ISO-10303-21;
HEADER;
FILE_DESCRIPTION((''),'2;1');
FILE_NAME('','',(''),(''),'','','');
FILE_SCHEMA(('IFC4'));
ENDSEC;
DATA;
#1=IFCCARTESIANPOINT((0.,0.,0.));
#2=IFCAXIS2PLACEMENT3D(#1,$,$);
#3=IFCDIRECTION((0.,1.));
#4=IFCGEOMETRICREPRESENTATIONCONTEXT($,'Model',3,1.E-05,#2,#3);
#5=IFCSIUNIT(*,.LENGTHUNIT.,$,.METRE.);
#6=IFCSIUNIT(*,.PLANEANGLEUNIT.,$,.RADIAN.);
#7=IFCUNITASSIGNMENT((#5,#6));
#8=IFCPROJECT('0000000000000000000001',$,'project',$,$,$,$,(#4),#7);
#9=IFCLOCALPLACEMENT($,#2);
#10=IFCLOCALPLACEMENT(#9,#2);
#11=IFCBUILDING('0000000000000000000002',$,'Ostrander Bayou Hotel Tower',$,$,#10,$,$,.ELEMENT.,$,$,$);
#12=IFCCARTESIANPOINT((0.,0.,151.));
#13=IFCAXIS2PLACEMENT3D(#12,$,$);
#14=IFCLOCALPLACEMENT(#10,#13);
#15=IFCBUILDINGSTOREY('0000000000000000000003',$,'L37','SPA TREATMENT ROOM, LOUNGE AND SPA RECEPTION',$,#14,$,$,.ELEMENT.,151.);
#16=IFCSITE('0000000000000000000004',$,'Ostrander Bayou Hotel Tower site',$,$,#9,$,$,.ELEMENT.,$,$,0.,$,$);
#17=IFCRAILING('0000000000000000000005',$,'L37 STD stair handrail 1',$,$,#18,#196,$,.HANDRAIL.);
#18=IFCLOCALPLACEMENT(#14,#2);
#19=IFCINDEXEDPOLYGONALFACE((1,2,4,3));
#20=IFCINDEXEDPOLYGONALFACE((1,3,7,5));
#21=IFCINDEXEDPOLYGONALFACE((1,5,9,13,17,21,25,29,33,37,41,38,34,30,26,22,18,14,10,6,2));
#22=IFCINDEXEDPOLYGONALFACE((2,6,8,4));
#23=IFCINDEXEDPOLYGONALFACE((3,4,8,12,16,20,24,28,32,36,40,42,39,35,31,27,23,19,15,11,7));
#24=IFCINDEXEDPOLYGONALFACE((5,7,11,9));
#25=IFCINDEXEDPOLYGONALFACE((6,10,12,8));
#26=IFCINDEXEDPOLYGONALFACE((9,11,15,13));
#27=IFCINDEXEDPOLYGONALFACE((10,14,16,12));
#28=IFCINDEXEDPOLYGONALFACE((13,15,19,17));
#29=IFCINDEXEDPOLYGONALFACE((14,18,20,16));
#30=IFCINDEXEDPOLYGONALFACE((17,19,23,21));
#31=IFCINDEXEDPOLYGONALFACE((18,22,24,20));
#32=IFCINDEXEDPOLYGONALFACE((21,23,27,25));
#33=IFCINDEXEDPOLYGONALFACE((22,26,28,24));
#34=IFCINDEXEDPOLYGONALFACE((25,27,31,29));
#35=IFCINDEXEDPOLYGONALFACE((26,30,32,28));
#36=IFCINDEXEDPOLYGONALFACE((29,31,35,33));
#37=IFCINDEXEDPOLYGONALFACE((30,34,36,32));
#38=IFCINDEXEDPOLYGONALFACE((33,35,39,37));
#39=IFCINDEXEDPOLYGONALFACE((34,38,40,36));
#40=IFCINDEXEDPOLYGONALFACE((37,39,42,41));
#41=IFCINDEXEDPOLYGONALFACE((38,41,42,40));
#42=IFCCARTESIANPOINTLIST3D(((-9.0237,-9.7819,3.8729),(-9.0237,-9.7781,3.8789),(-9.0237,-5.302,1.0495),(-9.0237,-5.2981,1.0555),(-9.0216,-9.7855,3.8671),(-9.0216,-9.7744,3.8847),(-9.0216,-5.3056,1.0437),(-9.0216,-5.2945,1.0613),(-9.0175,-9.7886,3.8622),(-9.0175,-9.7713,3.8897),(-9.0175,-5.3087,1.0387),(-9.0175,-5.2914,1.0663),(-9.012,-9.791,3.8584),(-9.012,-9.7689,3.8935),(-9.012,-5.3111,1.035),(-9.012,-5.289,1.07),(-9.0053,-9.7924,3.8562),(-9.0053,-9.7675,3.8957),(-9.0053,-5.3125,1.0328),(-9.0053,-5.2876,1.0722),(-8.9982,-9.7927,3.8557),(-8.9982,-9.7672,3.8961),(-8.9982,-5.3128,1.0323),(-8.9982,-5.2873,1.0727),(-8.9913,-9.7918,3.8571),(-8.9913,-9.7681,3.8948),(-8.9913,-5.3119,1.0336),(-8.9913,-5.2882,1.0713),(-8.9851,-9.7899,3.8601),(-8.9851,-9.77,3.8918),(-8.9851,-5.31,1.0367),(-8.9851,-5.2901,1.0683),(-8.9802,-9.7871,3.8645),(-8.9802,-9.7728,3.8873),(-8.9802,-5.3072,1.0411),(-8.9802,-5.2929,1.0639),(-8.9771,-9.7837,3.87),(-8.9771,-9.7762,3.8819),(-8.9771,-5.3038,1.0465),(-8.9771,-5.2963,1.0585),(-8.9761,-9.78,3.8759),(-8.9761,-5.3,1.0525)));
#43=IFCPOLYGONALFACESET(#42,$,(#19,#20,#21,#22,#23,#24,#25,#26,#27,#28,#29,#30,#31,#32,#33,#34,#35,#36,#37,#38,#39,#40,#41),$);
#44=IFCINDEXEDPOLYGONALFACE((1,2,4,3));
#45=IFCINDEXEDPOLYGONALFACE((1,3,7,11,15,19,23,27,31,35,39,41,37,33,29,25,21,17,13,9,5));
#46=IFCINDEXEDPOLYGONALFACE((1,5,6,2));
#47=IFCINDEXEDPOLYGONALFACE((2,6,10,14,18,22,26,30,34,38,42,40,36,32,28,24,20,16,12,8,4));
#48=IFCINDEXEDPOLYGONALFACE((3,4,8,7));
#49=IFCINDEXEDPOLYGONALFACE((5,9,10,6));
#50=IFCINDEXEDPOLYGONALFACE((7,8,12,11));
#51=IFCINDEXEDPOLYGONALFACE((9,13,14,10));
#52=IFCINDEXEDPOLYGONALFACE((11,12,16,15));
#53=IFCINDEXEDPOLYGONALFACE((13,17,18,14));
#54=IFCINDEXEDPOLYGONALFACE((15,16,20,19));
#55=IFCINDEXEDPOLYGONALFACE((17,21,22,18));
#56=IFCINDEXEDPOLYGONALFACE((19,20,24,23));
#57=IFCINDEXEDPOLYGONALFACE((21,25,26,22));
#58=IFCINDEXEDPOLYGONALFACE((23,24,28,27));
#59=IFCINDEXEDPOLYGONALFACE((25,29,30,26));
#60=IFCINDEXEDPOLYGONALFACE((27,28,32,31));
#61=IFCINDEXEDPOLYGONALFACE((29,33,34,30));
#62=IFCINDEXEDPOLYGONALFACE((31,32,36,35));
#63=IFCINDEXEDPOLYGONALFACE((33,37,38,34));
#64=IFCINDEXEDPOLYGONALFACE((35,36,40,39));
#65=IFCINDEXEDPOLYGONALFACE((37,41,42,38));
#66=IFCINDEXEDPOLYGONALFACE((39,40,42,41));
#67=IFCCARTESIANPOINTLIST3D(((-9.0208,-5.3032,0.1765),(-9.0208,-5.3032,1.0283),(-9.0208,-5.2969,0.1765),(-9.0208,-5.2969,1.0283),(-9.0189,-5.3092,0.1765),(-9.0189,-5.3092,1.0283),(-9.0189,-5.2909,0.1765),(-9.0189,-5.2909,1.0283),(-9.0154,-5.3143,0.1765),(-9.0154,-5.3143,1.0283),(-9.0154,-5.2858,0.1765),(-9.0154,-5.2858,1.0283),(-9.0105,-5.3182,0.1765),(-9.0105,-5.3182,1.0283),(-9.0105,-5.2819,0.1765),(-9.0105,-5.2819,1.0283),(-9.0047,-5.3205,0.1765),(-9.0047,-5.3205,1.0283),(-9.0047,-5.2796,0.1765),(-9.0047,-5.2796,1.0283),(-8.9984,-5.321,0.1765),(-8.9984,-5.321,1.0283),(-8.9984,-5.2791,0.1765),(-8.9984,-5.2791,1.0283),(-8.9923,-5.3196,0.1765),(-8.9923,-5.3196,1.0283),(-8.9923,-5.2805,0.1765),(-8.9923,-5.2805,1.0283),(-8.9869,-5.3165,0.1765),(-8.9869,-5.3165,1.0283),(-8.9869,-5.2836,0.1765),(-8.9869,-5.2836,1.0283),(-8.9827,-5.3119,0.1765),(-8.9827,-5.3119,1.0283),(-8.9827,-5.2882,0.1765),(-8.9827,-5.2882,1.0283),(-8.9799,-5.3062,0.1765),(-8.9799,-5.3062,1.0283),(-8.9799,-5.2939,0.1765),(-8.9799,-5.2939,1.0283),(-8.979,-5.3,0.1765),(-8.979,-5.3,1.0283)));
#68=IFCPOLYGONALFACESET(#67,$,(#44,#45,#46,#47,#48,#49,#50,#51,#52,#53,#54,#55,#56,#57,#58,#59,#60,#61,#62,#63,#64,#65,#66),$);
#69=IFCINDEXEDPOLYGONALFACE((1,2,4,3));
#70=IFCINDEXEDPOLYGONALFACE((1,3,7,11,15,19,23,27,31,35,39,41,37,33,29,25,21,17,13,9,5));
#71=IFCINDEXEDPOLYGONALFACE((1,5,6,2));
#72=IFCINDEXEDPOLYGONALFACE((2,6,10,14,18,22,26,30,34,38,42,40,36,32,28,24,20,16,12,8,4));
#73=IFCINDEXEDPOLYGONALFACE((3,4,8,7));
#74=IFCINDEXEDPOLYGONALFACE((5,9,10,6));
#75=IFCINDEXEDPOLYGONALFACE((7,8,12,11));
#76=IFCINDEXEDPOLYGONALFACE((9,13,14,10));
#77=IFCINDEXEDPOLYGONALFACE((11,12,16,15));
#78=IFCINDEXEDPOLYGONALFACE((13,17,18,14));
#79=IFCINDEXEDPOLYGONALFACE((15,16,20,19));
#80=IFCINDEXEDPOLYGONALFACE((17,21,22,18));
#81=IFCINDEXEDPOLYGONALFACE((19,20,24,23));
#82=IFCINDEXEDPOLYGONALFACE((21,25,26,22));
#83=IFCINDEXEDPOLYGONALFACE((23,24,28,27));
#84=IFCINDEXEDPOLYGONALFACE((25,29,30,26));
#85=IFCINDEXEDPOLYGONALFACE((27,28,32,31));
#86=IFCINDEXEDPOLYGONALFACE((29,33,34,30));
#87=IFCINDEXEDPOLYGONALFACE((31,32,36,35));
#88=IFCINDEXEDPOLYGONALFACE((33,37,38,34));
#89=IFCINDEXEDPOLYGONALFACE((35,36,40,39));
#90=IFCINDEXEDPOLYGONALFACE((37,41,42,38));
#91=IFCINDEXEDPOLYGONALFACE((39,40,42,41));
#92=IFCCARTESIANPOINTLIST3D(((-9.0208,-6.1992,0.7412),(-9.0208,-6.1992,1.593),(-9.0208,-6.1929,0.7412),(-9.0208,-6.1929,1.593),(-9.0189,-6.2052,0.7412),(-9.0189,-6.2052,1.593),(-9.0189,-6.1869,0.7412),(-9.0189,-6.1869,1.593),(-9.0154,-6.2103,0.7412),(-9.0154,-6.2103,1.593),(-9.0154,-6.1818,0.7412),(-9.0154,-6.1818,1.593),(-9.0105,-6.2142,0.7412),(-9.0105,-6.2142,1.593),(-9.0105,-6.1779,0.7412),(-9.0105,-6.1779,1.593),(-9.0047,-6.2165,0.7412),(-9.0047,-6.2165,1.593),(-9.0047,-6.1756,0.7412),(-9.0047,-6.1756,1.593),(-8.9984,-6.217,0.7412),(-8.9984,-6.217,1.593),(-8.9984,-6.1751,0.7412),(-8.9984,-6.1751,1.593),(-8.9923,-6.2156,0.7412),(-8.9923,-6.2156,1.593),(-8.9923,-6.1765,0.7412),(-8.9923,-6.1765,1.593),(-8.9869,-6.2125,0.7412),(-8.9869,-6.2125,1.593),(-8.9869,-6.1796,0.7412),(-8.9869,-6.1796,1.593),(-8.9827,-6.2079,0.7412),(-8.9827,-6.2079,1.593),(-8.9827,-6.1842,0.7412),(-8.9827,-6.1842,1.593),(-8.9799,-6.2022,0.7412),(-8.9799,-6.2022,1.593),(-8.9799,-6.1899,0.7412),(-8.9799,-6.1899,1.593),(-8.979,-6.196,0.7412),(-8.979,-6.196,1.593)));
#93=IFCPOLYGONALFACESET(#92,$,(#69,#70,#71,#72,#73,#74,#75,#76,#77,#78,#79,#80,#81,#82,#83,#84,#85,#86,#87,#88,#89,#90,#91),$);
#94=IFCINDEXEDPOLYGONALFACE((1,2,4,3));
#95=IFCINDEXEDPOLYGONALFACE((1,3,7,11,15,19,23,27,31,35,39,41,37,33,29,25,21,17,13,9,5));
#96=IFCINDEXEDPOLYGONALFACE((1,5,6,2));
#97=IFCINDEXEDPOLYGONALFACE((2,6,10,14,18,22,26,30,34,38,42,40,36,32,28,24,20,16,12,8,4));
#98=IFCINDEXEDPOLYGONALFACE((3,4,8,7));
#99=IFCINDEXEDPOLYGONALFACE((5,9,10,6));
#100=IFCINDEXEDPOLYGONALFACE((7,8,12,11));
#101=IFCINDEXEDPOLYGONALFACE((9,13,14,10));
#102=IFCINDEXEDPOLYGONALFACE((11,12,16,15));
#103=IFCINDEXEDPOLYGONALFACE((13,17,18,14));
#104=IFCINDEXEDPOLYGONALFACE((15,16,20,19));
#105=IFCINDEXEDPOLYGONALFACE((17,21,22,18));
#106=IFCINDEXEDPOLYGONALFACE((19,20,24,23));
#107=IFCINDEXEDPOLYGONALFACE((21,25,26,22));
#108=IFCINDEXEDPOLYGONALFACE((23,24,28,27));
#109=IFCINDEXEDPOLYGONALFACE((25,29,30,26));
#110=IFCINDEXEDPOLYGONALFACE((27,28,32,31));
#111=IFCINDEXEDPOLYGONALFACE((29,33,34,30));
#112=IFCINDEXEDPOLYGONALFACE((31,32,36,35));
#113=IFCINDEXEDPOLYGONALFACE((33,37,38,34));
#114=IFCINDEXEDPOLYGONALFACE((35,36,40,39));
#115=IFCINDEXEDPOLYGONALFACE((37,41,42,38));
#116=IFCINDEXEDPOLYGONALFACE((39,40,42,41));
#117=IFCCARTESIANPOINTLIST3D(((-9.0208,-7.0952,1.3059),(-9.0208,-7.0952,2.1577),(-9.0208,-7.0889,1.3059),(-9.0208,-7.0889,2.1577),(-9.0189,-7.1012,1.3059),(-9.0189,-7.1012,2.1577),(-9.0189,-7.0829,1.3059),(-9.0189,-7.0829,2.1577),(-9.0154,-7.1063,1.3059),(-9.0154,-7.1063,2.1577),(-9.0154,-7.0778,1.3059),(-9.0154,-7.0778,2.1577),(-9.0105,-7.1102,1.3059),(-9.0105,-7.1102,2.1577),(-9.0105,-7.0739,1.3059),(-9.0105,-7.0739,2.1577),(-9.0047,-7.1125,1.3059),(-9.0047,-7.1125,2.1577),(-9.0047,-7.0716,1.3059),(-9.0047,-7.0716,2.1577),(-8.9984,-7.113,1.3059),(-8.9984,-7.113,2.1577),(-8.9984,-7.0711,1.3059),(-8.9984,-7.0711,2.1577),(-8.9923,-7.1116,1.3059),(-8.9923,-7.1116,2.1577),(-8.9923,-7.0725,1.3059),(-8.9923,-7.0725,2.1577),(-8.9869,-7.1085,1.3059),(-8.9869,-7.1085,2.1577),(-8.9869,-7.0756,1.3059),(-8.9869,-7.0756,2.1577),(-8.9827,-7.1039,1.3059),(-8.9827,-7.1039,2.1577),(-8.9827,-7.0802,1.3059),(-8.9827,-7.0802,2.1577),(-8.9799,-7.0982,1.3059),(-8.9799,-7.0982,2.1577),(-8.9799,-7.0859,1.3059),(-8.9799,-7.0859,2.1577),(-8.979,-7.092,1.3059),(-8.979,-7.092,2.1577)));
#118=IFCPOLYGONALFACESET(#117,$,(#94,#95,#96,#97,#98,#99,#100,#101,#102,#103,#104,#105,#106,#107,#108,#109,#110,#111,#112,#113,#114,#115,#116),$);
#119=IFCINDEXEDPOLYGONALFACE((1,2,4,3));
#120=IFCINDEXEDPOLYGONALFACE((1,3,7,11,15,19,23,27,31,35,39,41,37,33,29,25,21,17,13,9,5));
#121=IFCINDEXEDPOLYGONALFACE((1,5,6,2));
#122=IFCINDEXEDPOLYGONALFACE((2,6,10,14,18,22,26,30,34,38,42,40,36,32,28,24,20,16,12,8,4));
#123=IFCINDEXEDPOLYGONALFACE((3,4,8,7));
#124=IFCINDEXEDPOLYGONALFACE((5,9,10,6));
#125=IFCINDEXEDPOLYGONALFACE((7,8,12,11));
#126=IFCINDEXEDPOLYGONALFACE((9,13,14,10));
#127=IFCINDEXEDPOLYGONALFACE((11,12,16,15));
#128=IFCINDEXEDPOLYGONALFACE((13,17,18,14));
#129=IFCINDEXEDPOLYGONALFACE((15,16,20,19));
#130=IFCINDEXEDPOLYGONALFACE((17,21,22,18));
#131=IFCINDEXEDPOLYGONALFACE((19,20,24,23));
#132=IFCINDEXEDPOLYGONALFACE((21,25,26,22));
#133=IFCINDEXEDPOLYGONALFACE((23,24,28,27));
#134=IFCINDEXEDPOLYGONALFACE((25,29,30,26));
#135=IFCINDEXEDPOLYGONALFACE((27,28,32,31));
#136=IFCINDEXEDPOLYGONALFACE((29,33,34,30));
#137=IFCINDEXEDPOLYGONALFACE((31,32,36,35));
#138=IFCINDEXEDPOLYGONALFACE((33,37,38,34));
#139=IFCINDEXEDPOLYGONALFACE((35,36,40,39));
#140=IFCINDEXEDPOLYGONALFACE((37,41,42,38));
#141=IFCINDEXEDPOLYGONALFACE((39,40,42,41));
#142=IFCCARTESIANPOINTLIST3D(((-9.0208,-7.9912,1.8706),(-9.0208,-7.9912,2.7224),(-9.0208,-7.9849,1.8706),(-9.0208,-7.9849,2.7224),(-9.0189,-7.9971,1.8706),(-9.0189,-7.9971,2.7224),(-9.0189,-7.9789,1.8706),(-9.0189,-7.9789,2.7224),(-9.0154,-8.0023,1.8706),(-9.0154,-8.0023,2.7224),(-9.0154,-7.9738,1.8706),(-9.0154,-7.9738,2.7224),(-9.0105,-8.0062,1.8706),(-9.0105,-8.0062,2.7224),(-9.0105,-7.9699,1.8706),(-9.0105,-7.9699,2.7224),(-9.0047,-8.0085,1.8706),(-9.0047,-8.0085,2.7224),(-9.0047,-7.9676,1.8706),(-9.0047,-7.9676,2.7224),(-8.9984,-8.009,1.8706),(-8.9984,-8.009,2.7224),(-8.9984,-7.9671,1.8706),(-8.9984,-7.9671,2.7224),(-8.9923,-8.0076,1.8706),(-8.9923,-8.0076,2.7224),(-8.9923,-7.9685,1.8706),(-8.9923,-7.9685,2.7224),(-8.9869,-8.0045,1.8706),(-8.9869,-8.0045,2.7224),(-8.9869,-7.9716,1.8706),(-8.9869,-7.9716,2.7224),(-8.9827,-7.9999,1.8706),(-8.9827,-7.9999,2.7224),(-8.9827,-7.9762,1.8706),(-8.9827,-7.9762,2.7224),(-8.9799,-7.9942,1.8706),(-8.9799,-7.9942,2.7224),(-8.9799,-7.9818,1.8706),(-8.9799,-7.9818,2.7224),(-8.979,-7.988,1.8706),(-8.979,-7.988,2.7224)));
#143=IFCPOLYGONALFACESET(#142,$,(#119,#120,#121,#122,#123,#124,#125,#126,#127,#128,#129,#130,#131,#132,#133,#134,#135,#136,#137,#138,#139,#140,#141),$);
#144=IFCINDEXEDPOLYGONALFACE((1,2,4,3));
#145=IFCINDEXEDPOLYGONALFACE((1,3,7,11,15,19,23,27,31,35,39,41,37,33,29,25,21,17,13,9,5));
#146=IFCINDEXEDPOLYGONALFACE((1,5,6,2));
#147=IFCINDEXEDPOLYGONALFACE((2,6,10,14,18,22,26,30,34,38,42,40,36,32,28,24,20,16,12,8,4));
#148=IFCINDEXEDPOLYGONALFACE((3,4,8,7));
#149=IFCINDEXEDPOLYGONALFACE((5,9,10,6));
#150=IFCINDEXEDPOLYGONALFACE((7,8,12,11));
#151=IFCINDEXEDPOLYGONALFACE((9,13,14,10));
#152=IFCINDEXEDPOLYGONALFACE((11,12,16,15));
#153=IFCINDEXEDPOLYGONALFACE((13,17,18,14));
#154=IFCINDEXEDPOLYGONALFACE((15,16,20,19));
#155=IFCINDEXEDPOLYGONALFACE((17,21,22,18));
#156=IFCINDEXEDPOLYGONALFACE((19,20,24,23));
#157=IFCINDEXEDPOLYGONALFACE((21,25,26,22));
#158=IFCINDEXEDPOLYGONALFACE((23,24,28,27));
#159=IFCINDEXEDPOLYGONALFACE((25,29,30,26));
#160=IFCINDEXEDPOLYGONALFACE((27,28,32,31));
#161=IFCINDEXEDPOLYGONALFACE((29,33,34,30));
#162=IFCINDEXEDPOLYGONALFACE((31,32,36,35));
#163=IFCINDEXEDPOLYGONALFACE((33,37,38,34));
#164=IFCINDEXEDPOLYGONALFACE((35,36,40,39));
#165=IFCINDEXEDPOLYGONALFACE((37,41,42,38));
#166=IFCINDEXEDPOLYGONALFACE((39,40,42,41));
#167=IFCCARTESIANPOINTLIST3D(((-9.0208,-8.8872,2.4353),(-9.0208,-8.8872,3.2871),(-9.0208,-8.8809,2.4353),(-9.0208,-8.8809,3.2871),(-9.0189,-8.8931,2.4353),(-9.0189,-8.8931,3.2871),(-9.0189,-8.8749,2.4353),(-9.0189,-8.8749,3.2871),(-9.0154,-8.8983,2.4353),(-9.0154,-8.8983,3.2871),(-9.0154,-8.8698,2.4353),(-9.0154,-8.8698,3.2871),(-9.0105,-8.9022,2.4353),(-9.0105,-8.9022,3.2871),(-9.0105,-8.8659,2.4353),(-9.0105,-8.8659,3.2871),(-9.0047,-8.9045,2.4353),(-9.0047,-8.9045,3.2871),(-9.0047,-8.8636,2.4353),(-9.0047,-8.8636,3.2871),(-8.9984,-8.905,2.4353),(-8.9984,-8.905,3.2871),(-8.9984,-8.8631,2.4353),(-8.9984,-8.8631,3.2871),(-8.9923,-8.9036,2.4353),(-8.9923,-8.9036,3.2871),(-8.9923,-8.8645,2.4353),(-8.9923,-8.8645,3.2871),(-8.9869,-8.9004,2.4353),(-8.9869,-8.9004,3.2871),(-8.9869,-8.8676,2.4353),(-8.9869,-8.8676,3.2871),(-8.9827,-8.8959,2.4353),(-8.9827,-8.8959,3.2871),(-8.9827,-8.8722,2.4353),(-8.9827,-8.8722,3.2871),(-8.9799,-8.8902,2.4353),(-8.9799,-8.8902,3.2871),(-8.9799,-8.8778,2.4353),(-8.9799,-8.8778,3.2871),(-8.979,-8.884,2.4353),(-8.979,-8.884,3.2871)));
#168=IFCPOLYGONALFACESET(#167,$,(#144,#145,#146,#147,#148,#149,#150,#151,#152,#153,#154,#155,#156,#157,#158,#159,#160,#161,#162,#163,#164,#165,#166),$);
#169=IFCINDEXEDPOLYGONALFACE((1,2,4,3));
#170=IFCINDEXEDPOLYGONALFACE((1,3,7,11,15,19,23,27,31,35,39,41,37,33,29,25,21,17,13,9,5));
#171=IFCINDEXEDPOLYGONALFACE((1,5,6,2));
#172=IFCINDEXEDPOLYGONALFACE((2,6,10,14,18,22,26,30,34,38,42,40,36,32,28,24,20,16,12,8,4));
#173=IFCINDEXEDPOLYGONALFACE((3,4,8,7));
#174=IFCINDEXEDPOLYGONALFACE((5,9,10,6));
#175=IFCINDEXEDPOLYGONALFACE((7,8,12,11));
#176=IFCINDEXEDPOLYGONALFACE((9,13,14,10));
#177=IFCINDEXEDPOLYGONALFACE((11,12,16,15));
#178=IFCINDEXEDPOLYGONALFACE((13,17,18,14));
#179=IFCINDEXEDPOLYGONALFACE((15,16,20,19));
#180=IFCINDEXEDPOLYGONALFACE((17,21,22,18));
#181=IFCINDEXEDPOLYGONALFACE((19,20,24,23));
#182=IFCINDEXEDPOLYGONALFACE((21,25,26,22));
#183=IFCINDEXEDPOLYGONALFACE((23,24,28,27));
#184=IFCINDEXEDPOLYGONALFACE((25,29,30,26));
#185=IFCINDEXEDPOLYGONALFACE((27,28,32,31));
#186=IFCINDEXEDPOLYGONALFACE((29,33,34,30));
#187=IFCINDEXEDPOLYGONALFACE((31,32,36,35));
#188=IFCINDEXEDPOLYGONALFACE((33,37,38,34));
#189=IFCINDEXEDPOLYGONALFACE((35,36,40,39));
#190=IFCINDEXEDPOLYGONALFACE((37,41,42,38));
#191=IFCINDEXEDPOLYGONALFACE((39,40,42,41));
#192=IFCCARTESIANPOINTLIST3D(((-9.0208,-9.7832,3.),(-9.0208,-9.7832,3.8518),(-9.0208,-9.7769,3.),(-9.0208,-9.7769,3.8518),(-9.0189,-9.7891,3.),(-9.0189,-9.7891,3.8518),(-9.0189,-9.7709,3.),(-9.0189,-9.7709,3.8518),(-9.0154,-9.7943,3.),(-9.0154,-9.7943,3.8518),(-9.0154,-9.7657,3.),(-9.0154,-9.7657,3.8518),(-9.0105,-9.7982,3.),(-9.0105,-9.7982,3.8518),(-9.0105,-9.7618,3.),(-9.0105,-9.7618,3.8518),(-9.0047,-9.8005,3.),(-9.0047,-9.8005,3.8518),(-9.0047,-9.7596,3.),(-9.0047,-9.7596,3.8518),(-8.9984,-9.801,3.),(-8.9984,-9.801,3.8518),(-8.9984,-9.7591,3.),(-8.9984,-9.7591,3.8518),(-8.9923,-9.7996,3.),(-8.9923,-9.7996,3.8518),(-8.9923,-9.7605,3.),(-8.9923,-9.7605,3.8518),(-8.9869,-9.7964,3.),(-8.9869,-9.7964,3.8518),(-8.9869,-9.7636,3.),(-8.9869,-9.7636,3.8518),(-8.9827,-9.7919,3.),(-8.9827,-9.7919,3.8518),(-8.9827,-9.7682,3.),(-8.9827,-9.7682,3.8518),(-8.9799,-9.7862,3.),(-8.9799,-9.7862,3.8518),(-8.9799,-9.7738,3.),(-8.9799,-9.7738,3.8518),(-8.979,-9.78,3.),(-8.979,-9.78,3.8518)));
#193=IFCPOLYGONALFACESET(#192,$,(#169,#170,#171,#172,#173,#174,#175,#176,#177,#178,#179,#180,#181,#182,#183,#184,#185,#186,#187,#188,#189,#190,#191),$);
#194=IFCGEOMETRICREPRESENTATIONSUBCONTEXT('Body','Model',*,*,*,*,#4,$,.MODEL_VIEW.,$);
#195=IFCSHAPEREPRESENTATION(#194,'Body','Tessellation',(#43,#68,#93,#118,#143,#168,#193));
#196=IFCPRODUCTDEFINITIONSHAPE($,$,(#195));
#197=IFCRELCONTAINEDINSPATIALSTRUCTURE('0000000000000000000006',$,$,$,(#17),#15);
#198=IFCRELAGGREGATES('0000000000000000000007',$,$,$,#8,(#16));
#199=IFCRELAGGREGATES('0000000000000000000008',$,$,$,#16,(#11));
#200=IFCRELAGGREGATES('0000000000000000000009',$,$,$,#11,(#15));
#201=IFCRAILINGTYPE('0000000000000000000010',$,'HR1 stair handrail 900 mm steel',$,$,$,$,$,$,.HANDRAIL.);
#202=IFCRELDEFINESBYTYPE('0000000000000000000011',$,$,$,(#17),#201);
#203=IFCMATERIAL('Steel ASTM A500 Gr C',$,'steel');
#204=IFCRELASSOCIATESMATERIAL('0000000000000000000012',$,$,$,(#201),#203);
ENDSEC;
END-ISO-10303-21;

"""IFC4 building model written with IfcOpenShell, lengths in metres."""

from ifc_helpers import new_model, si_unit, direction, frame, origin, origin_2d, place, context, subcontext, project, spatial, circle, extrude, material, type_object, element, save


model = new_model("IFC4")

# Units and contexts
model_context = context("Model", 3, precision=1e-05, world=origin(), true_north=direction((0.0, 1.0)))
body_context = subcontext(model_context, "Body", "Model", "MODEL_VIEW")
ifc_project = project(units=[si_unit("LENGTHUNIT", "METRE"), si_unit("PLANEANGLEUNIT", "RADIAN")], contexts=[model_context])

# Site, building, storey
site_placement = place(None, origin())
site = spatial("IfcSite", under=ifc_project, at=site_placement, Name="Ostrander Bayou Hotel Tower site", CompositionType="ELEMENT", RefElevation=0.0)
building_placement = place(site_placement, origin())
building = spatial("IfcBuilding", under=site, at=building_placement, Name="Ostrander Bayou Hotel Tower", CompositionType="ELEMENT")
storey_placement = place(building_placement, frame((0.0, 0.0, 151.0)))
storey = spatial("IfcBuildingStorey", under=building, at=storey_placement, Name="L37", Description="SPA TREATMENT ROOM, LOUNGE AND SPA RECEPTION", CompositionType="ELEMENT", Elevation=151.0)

# Railing
ifc_material_1 = material(Name="Steel ASTM A500 Gr C", Category="steel")
railing_type_1 = type_object("IfcRailingType", Name="HR1 stair handrail 900 mm steel", PredefinedType="HANDRAIL", material=ifc_material_1)
railing_1_placement = place(storey_placement, frame((-9.0, -5.3, 0.1765)))
element("IfcRailing", 1, at=railing_1_placement, inside=storey, type_object=railing_type_1, Name="L37 STD stair handrail 1", PredefinedType="HANDRAIL", context=body_context, shape_type="SweptSolid", body=[
    extrude(circle(Radius=0.0239, at=origin_2d()), frame((0.0, 0.0, 0.876), z_axis=(0.0, -0.845998, 0.533186), x_axis=(1.0, 0.0, 0.0)), (0.0, 0.0, 1.0), 5.2954),
    extrude(circle(Radius=0.021, at=origin_2d()), origin(), (0.0, 0.0, 1.0), 0.8518),
    extrude(circle(Radius=0.021, at=origin_2d()), frame((0.0, -0.896, 0.5647)), (0.0, 0.0, 1.0), 0.8518),
    extrude(circle(Radius=0.021, at=origin_2d()), frame((0.0, -1.792, 1.1294)), (0.0, 0.0, 1.0), 0.8518),
    extrude(circle(Radius=0.021, at=origin_2d()), frame((0.0, -2.688, 1.6941)), (0.0, 0.0, 1.0), 0.8518),
    extrude(circle(Radius=0.021, at=origin_2d()), frame((0.0, -3.584, 2.2588)), (0.0, 0.0, 1.0), 0.8518),
    extrude(circle(Radius=0.021, at=origin_2d()), frame((0.0, -4.48, 2.8235)), (0.0, 0.0, 1.0), 0.8518),
])

save(model, "model.ifc")
